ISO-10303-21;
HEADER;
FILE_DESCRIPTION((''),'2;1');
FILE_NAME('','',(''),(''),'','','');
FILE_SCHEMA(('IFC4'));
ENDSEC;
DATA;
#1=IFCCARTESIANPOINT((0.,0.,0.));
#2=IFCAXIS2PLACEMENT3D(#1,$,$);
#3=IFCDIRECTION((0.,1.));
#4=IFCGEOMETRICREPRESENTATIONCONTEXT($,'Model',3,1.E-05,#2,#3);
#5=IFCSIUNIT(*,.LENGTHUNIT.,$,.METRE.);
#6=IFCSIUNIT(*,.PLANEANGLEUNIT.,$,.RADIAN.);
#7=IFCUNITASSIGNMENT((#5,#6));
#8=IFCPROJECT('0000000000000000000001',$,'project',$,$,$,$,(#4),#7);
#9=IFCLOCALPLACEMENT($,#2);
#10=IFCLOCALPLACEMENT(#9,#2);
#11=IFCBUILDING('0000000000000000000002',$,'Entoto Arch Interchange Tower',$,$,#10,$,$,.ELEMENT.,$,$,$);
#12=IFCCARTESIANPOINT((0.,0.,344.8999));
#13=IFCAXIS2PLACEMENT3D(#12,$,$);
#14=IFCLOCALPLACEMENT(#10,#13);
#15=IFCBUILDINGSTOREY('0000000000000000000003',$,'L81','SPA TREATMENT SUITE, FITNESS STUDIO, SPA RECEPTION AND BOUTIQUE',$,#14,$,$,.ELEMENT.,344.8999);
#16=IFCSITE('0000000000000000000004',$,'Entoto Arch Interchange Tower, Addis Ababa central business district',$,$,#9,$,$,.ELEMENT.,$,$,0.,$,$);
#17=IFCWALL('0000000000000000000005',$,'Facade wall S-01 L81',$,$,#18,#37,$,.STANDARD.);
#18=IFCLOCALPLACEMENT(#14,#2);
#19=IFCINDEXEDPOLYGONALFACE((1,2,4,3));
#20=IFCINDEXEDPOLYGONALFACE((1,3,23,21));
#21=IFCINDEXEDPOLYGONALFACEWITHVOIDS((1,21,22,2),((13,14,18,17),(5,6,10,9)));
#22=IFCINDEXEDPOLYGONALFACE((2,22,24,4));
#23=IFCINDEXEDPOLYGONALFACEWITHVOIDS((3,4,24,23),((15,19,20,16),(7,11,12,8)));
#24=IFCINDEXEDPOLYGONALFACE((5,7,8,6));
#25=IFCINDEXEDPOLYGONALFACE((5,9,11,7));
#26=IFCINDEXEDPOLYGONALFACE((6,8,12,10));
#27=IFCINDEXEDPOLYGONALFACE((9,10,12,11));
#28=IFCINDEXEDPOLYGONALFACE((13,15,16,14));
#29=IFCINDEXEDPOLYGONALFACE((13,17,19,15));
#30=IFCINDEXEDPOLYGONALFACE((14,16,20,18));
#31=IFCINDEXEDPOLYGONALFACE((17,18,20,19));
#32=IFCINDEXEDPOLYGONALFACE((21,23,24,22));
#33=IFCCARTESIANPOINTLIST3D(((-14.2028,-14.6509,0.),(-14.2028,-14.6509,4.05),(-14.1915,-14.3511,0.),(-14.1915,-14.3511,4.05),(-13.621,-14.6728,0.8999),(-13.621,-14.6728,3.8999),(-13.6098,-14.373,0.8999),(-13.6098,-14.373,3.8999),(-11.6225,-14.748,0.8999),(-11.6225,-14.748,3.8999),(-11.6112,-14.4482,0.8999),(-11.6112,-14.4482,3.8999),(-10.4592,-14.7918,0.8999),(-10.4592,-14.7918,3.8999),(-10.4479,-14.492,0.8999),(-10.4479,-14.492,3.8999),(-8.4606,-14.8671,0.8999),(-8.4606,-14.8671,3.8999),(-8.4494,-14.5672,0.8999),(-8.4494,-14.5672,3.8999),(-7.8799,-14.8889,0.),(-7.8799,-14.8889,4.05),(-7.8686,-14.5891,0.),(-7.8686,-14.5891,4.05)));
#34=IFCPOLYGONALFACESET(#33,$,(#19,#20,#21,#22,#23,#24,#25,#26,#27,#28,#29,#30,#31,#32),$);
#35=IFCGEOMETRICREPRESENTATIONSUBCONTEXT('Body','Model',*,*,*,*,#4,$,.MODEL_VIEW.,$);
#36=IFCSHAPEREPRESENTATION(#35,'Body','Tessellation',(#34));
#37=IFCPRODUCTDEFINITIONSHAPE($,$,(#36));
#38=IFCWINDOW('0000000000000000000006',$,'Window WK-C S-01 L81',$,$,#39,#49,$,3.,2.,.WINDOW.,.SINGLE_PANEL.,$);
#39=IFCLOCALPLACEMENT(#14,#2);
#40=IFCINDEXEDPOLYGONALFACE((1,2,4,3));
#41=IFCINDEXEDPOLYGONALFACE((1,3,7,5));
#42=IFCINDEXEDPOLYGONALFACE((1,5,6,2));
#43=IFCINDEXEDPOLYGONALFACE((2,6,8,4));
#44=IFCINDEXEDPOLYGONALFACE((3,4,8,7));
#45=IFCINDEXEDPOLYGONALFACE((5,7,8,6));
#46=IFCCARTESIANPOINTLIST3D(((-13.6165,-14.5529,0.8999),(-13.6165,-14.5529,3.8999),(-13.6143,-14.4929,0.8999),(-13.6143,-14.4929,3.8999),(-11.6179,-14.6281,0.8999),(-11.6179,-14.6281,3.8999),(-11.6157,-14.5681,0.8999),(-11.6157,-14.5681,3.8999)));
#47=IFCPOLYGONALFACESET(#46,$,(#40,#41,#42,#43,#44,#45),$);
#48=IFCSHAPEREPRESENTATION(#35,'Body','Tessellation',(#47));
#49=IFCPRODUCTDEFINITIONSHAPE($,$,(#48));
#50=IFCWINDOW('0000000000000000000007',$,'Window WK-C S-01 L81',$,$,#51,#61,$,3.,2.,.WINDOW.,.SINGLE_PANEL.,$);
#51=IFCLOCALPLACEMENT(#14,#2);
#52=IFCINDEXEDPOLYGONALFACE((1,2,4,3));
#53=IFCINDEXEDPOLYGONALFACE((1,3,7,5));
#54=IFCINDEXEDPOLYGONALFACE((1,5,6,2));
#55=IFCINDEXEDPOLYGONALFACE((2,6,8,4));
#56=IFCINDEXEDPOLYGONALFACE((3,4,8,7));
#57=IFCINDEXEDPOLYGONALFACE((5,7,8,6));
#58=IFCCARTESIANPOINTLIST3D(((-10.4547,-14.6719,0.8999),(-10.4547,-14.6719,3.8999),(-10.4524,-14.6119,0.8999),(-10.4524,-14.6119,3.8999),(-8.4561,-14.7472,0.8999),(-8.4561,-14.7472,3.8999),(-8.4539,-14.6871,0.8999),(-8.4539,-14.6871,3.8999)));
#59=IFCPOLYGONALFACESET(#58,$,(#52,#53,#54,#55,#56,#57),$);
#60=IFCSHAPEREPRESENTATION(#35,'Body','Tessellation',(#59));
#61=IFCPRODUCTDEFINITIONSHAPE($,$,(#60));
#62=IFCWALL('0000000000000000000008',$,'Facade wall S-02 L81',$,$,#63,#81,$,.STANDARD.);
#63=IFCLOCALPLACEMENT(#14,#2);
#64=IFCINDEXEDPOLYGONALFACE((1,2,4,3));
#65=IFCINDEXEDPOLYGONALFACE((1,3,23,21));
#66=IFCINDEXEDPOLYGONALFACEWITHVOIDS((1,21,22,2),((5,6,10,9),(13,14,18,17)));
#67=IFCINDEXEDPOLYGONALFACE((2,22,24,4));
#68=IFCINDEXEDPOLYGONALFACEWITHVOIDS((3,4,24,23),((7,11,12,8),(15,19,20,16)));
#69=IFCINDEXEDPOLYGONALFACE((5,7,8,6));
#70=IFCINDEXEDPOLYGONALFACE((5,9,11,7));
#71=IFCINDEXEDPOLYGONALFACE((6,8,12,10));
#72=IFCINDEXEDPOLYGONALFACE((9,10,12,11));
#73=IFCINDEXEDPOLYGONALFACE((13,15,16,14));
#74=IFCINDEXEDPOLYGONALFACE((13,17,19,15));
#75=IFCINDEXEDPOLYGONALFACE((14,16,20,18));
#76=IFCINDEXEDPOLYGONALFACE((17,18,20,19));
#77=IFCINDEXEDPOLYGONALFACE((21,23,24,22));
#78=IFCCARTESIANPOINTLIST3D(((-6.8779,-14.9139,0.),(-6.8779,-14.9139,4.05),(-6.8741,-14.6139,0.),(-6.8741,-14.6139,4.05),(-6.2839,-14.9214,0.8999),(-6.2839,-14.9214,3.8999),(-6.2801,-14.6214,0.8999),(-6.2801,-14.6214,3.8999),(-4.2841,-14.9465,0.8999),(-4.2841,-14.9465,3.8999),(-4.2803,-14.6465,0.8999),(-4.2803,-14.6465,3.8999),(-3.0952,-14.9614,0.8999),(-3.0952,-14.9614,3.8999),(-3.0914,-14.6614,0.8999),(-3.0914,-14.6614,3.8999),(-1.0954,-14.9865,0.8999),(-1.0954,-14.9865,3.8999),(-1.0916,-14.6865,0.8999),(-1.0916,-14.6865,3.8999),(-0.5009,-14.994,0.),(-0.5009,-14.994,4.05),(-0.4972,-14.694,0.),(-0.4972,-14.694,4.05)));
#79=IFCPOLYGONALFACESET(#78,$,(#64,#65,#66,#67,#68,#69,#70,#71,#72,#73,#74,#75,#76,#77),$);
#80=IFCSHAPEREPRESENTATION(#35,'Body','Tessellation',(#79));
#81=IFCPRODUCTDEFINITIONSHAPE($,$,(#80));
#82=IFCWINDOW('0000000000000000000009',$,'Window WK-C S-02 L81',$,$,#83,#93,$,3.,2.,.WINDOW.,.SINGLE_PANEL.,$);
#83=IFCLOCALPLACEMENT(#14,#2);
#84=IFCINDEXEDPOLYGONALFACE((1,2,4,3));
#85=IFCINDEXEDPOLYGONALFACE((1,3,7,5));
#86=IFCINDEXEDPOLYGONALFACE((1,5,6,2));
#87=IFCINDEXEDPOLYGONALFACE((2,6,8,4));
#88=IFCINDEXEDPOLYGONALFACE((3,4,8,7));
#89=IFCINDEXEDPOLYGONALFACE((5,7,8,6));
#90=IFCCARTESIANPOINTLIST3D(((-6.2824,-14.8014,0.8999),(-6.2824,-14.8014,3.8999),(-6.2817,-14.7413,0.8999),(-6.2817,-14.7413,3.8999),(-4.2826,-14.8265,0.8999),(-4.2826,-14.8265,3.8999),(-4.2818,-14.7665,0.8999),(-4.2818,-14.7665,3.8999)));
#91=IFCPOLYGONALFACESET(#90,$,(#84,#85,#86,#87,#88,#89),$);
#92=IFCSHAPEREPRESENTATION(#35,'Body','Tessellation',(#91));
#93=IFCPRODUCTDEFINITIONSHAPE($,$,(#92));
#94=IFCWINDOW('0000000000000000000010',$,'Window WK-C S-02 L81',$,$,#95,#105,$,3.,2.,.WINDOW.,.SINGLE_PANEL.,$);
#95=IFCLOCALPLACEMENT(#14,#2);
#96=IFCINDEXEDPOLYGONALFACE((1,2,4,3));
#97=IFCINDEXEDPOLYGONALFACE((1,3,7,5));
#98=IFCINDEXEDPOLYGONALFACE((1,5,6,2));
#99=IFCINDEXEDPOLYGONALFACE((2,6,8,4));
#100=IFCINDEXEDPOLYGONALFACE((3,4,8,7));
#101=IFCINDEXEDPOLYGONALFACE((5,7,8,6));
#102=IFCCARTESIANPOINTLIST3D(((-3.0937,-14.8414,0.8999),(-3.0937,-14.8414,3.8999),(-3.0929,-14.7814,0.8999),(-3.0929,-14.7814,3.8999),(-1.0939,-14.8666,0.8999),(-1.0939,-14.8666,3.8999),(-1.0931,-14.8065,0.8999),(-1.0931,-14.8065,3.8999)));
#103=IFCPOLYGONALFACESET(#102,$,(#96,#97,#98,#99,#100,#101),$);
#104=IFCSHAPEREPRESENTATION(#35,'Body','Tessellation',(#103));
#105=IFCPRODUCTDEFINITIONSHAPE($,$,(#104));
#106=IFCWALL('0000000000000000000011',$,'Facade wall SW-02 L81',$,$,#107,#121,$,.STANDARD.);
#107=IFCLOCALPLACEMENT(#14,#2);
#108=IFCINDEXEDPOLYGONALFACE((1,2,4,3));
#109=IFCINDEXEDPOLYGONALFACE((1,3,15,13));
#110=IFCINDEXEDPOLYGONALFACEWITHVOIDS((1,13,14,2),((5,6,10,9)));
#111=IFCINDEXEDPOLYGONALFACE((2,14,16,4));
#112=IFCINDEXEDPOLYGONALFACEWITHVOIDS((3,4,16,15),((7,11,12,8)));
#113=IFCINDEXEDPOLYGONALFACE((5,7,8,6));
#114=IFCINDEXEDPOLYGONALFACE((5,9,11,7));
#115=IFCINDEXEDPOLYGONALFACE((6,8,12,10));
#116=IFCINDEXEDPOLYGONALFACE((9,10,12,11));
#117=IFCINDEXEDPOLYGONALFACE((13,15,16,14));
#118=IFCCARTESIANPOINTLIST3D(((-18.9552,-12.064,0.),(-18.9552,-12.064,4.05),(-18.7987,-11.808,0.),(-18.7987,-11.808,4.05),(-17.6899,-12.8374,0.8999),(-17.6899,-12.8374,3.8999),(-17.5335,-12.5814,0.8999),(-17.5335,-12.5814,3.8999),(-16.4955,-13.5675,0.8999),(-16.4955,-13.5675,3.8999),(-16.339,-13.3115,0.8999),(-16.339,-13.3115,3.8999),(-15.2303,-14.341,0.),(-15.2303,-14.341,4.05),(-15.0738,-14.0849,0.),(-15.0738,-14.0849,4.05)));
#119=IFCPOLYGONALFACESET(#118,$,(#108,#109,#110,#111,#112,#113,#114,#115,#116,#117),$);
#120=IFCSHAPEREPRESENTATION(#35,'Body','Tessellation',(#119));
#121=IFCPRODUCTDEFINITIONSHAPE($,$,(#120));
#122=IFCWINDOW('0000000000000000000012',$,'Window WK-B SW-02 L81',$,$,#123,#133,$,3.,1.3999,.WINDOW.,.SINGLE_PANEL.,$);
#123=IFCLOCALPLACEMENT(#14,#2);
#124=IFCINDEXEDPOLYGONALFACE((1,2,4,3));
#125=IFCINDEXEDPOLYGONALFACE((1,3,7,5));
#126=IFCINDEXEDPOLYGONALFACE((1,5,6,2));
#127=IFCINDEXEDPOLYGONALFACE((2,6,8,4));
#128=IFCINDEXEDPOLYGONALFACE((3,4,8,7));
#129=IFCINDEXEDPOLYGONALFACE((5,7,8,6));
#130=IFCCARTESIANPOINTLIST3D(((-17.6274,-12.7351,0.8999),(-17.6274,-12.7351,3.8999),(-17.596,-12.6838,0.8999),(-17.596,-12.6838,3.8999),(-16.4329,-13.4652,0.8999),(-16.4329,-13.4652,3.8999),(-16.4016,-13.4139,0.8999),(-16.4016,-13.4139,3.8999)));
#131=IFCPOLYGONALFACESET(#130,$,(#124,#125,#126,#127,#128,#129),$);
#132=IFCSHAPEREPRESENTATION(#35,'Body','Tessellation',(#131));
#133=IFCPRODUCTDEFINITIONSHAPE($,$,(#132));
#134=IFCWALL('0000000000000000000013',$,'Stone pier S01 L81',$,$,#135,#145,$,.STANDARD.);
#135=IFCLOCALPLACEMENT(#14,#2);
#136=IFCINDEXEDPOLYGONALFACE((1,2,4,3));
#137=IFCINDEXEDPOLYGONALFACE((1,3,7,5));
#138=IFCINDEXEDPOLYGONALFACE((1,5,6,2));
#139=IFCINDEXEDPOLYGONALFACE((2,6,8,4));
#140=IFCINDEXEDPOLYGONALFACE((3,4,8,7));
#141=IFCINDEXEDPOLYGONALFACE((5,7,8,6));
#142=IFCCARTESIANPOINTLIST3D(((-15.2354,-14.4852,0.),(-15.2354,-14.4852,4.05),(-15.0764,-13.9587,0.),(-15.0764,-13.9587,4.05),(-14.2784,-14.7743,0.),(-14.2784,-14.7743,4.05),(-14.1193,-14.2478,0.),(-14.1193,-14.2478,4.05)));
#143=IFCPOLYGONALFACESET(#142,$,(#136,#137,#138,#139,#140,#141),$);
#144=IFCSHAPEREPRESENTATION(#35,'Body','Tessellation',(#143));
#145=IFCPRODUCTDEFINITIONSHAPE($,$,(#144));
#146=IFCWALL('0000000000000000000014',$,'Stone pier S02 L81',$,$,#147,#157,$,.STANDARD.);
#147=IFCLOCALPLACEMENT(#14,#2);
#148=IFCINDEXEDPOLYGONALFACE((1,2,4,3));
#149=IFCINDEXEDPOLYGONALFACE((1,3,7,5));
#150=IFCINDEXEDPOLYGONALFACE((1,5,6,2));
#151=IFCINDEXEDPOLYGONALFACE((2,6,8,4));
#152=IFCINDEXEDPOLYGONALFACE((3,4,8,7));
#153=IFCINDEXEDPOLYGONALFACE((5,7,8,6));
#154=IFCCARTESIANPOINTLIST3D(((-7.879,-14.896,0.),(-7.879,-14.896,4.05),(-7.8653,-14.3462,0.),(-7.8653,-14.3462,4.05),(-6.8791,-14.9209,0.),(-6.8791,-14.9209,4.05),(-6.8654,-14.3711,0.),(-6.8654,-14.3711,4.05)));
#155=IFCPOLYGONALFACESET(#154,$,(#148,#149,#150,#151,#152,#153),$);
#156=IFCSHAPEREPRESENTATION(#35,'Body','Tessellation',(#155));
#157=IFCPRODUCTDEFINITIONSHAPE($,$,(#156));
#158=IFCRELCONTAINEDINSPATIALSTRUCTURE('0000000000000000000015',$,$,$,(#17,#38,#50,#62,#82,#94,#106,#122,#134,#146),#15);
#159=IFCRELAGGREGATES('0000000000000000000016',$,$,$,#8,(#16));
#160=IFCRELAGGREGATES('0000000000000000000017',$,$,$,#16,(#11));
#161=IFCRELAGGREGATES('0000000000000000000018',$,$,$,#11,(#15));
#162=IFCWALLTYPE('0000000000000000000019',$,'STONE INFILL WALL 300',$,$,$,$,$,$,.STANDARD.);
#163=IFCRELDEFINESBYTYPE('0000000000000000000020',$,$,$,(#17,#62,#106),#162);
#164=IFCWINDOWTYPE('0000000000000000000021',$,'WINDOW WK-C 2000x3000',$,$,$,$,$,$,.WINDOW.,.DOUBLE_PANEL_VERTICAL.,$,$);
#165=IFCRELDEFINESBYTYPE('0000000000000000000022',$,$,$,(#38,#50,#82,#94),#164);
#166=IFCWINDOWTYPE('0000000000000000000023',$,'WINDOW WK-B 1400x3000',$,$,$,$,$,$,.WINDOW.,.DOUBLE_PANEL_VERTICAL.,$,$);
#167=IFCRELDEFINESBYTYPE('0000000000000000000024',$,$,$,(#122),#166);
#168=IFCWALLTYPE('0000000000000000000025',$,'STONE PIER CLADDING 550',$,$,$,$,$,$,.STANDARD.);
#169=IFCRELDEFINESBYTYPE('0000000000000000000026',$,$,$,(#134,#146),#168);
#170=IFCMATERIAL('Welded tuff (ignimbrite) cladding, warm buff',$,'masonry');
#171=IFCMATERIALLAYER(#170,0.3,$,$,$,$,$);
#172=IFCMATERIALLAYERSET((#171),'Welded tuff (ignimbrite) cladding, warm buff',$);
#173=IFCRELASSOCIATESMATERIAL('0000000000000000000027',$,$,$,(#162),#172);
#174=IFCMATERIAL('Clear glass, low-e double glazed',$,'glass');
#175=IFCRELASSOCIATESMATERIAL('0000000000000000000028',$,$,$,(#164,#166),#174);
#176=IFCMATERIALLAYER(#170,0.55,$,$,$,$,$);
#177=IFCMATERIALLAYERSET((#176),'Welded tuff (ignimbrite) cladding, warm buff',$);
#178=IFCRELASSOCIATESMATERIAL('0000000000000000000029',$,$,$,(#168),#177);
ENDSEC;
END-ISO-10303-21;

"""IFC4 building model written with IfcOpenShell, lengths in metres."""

from ifc_helpers import new_model, si_unit, direction, frame, frame_2d, origin, place, context, subcontext, project, spatial, rectangle, extrude, material, layer, layer_set, type_object, element, fill, save


model = new_model("IFC4")

# Units and contexts
model_context = context("Model", 3, precision=1e-05, world=origin(), true_north=direction((0.0, 1.0)))
body_context = subcontext(model_context, "Body", "Model", "MODEL_VIEW")
ifc_project = project(units=[si_unit("LENGTHUNIT", "METRE"), si_unit("PLANEANGLEUNIT", "RADIAN")], contexts=[model_context])

# Site, building, storey
site_placement = place(None, origin())
site = spatial("IfcSite", under=ifc_project, at=site_placement, Name="Entoto Arch Interchange Tower, Addis Ababa central business district", CompositionType="ELEMENT", RefElevation=0.0)
building_placement = place(site_placement, origin())
building = spatial("IfcBuilding", under=site, at=building_placement, Name="Entoto Arch Interchange Tower", CompositionType="ELEMENT")
storey_placement = place(building_placement, frame((0.0, 0.0, 344.8999)))
storey = spatial("IfcBuildingStorey", under=building, at=storey_placement, Name="L81", Description="SPA TREATMENT SUITE, FITNESS STUDIO, SPA RECEPTION AND BOUTIQUE", CompositionType="ELEMENT", Elevation=344.8999)

# Walls, openings, windows
ifc_material_1 = material(Name="Welded tuff (ignimbrite) cladding, warm buff", Category="masonry")
ifc_layer_1 = layer(ifc_material_1, 0.3)
ifc_layer_set_1 = layer_set([ifc_layer_1], Name="Welded tuff (ignimbrite) cladding, warm buff")
wall_type_1 = type_object("IfcWallType", Name="STONE INFILL WALL 300", PredefinedType="STANDARD", material=ifc_layer_set_1)
wall_1_placement = place(storey_placement, frame((-14.197, -14.501, 0.0), z_axis=(0.0, 0.0, 1.0), x_axis=(0.999292, -0.03762, 0.0)))
wall_1 = element("IfcWall", 1, at=wall_1_placement, inside=storey, type_object=wall_type_1, Name="Facade wall S-01 L81", PredefinedType="STANDARD", context=body_context, shape_type="SweptSolid", body=[
    extrude(rectangle(XDim=6.3274, YDim=0.3, at=frame_2d((3.1636, 0.0))), origin(), (0.0, 0.0, 1.0), 4.05),
])
opening_1_placement = place(wall_1_placement, frame((0.582, 0.0, 0.8999)))
opening_1 = element("IfcOpeningElement", 2, at=opening_1_placement, cuts=wall_1, PredefinedType="OPENING", context=body_context, shape_type="SweptSolid", body=[
    extrude(rectangle(XDim=2.0, YDim=3.0, at=frame_2d((1.0, 1.5))), frame((0.0, 0.1602, 0.0), z_axis=(0.0, -1.0, 0.0), x_axis=(1.0, 0.0, 0.0)), (0.0, 0.0, 1.0), 0.3201),
])
opening_2_placement = place(wall_1_placement, frame((3.7461, 0.0, 0.8999)))
opening_2 = element("IfcOpeningElement", 3, at=opening_2_placement, cuts=wall_1, PredefinedType="OPENING", context=body_context, shape_type="SweptSolid", body=[
    extrude(rectangle(XDim=2.0, YDim=3.0, at=frame_2d((1.0, 1.5))), frame((0.0, 0.1602, 0.0), z_axis=(0.0, -1.0, 0.0), x_axis=(1.0, 0.0, 0.0)), (0.0, 0.0, 1.0), 0.3201),
])
ifc_material_2 = material(Name="Clear glass, low-e double glazed", Category="glass")
window_type_1 = type_object("IfcWindowType", Name="WINDOW WK-C 2000x3000", PartitioningType="DOUBLE_PANEL_VERTICAL", PredefinedType="WINDOW", material=ifc_material_2)
window_1_placement = place(opening_1_placement, origin())
window_1 = element("IfcWindow", 4, at=window_1_placement, inside=storey, type_object=window_type_1, Name="Window WK-C S-01 L81", OverallHeight=3.0, OverallWidth=2.0, PartitioningType="SINGLE_PANEL", PredefinedType="WINDOW", context=body_context, shape_type="SweptSolid", body=[
    extrude(rectangle(XDim=2.0, YDim=3.0, at=frame_2d((1.0, 1.5))), frame((0.0, 0.03, 0.0), z_axis=(0.0, -1.0, 0.0), x_axis=(1.0, 0.0, 0.0)), (0.0, 0.0, 1.0), 0.0601),
])
fill(opening_1, window_1)
window_2_placement = place(opening_2_placement, origin())
window_2 = element("IfcWindow", 5, at=window_2_placement, inside=storey, type_object=window_type_1, Name="Window WK-C S-01 L81", OverallHeight=3.0, OverallWidth=2.0, PartitioningType="SINGLE_PANEL", PredefinedType="WINDOW", context=body_context, shape_type="SweptSolid", body=[
    extrude(rectangle(XDim=2.0, YDim=3.0, at=frame_2d((1.0, 1.5))), frame((0.0, 0.03, 0.0), z_axis=(0.0, -1.0, 0.0), x_axis=(1.0, 0.0, 0.0)), (0.0, 0.0, 1.0), 0.0601),
])
fill(opening_2, window_2)
wall_2_placement = place(storey_placement, frame((-6.876, -14.7639, 0.0), z_axis=(0.0, 0.0, 1.0), x_axis=(0.999921, -0.012556, 0.0)))
wall_2 = element("IfcWall", 6, at=wall_2_placement, inside=storey, type_object=wall_type_1, Name="Facade wall S-02 L81", PredefinedType="STANDARD", context=body_context, shape_type="SweptSolid", body=[
    extrude(rectangle(XDim=6.3774, YDim=0.3, at=frame_2d((3.1887, 0.0))), origin(), (0.0, 0.0, 1.0), 4.05),
])
opening_3_placement = place(wall_2_placement, frame((0.594, 0.0, 0.8999)))
opening_3 = element("IfcOpeningElement", 7, at=opening_3_placement, cuts=wall_2, PredefinedType="OPENING", context=body_context, shape_type="SweptSolid", body=[
    extrude(rectangle(XDim=2.0, YDim=3.0, at=frame_2d((1.0, 1.5))), frame((0.0, 0.1602, 0.0), z_axis=(0.0, -1.0, 0.0), x_axis=(1.0, 0.0, 0.0)), (0.0, 0.0, 1.0), 0.3201),
])
opening_4_placement = place(wall_2_placement, frame((3.783, 0.0, 0.8999)))
opening_4 = element("IfcOpeningElement", 8, at=opening_4_placement, cuts=wall_2, PredefinedType="OPENING", context=body_context, shape_type="SweptSolid", body=[
    extrude(rectangle(XDim=2.0, YDim=3.0, at=frame_2d((1.0, 1.5))), frame((0.0, 0.1602, 0.0), z_axis=(0.0, -1.0, 0.0), x_axis=(1.0, 0.0, 0.0)), (0.0, 0.0, 1.0), 0.3201),
])
window_3_placement = place(opening_3_placement, origin())
window_3 = element("IfcWindow", 9, at=window_3_placement, inside=storey, type_object=window_type_1, Name="Window WK-C S-02 L81", OverallHeight=3.0, OverallWidth=2.0, PartitioningType="SINGLE_PANEL", PredefinedType="WINDOW", context=body_context, shape_type="SweptSolid", body=[
    extrude(rectangle(XDim=2.0, YDim=3.0, at=frame_2d((1.0, 1.5))), frame((0.0, 0.03, 0.0), z_axis=(0.0, -1.0, 0.0), x_axis=(1.0, 0.0, 0.0)), (0.0, 0.0, 1.0), 0.0601),
])
fill(opening_3, window_3)
window_4_placement = place(opening_4_placement, origin())
window_4 = element("IfcWindow", 10, at=window_4_placement, inside=storey, type_object=window_type_1, Name="Window WK-C S-02 L81", OverallHeight=3.0, OverallWidth=2.0, PartitioningType="SINGLE_PANEL", PredefinedType="WINDOW", context=body_context, shape_type="SweptSolid", body=[
    extrude(rectangle(XDim=2.0, YDim=3.0, at=frame_2d((1.0, 1.5))), frame((0.0, 0.03, 0.0), z_axis=(0.0, -1.0, 0.0), x_axis=(1.0, 0.0, 0.0)), (0.0, 0.0, 1.0), 0.0601),
])
fill(opening_4, window_4)

# Wall, opening, window
wall_3_placement = place(storey_placement, frame((-18.877, -11.936, 0.0), z_axis=(0.0, 0.0, 1.0), x_axis=(0.853225, -0.521543, 0.0)))
wall_3 = element("IfcWall", 11, at=wall_3_placement, inside=storey, type_object=wall_type_1, Name="Facade wall SW-02 L81", PredefinedType="STANDARD", context=body_context, shape_type="SweptSolid", body=[
    extrude(rectangle(XDim=4.3657, YDim=0.3, at=frame_2d((2.1829, 0.0))), origin(), (0.0, 0.0, 1.0), 4.05),
])
opening_5_placement = place(wall_3_placement, frame((1.4829, 0.0, 0.8999)))
opening_5 = element("IfcOpeningElement", 12, at=opening_5_placement, cuts=wall_3, PredefinedType="OPENING", context=body_context, shape_type="SweptSolid", body=[
    extrude(rectangle(XDim=1.3999, YDim=3.0, at=frame_2d((0.7, 1.5))), frame((0.0, 0.1602, 0.0), z_axis=(0.0, -1.0, 0.0), x_axis=(1.0, 0.0, 0.0)), (0.0, 0.0, 1.0), 0.3201),
])
window_type_2 = type_object("IfcWindowType", Name="WINDOW WK-B 1400x3000", PartitioningType="DOUBLE_PANEL_VERTICAL", PredefinedType="WINDOW", material=ifc_material_2)
window_5_placement = place(opening_5_placement, origin())
window_5 = element("IfcWindow", 13, at=window_5_placement, inside=storey, type_object=window_type_2, Name="Window WK-B SW-02 L81", OverallHeight=3.0, OverallWidth=1.3999, PartitioningType="SINGLE_PANEL", PredefinedType="WINDOW", context=body_context, shape_type="SweptSolid", body=[
    extrude(rectangle(XDim=1.3999, YDim=3.0, at=frame_2d((0.7, 1.5))), frame((0.0, 0.03, 0.0), z_axis=(0.0, -1.0, 0.0), x_axis=(1.0, 0.0, 0.0)), (0.0, 0.0, 1.0), 0.0601),
])
fill(opening_5, window_5)

# Walls
ifc_layer_2 = layer(ifc_material_1, 0.55)
ifc_layer_set_2 = layer_set([ifc_layer_2], Name="Welded tuff (ignimbrite) cladding, warm buff")
wall_type_2 = type_object("IfcWallType", Name="STONE PIER CLADDING 550", PredefinedType="STANDARD", material=ifc_layer_set_2)
wall_4_placement = place(storey_placement, frame((-15.156, -14.2219, 0.0), z_axis=(0.0, 0.0, 1.0), x_axis=(0.957287, -0.28914, 0.0)))
element("IfcWall", 14, at=wall_4_placement, inside=storey, type_object=wall_type_2, Name="Stone pier S01 L81", PredefinedType="STANDARD", context=body_context, shape_type="SweptSolid", body=[
    extrude(rectangle(XDim=0.9998, YDim=0.55, at=frame_2d((0.5, 0.0))), origin(), (0.0, 0.0, 1.0), 4.05),
])
wall_5_placement = place(storey_placement, frame((-7.8721, -14.6211, 0.0), z_axis=(0.0, 0.0, 1.0), x_axis=(0.99969, -0.024895, 0.0)))
element("IfcWall", 15, at=wall_5_placement, inside=storey, type_object=wall_type_2, Name="Stone pier S02 L81", PredefinedType="STANDARD", context=body_context, shape_type="SweptSolid", body=[
    extrude(rectangle(XDim=1.0002, YDim=0.55, at=frame_2d((0.5, 0.0))), origin(), (0.0, 0.0, 1.0), 4.05),
])

save(model, "model.ifc")
